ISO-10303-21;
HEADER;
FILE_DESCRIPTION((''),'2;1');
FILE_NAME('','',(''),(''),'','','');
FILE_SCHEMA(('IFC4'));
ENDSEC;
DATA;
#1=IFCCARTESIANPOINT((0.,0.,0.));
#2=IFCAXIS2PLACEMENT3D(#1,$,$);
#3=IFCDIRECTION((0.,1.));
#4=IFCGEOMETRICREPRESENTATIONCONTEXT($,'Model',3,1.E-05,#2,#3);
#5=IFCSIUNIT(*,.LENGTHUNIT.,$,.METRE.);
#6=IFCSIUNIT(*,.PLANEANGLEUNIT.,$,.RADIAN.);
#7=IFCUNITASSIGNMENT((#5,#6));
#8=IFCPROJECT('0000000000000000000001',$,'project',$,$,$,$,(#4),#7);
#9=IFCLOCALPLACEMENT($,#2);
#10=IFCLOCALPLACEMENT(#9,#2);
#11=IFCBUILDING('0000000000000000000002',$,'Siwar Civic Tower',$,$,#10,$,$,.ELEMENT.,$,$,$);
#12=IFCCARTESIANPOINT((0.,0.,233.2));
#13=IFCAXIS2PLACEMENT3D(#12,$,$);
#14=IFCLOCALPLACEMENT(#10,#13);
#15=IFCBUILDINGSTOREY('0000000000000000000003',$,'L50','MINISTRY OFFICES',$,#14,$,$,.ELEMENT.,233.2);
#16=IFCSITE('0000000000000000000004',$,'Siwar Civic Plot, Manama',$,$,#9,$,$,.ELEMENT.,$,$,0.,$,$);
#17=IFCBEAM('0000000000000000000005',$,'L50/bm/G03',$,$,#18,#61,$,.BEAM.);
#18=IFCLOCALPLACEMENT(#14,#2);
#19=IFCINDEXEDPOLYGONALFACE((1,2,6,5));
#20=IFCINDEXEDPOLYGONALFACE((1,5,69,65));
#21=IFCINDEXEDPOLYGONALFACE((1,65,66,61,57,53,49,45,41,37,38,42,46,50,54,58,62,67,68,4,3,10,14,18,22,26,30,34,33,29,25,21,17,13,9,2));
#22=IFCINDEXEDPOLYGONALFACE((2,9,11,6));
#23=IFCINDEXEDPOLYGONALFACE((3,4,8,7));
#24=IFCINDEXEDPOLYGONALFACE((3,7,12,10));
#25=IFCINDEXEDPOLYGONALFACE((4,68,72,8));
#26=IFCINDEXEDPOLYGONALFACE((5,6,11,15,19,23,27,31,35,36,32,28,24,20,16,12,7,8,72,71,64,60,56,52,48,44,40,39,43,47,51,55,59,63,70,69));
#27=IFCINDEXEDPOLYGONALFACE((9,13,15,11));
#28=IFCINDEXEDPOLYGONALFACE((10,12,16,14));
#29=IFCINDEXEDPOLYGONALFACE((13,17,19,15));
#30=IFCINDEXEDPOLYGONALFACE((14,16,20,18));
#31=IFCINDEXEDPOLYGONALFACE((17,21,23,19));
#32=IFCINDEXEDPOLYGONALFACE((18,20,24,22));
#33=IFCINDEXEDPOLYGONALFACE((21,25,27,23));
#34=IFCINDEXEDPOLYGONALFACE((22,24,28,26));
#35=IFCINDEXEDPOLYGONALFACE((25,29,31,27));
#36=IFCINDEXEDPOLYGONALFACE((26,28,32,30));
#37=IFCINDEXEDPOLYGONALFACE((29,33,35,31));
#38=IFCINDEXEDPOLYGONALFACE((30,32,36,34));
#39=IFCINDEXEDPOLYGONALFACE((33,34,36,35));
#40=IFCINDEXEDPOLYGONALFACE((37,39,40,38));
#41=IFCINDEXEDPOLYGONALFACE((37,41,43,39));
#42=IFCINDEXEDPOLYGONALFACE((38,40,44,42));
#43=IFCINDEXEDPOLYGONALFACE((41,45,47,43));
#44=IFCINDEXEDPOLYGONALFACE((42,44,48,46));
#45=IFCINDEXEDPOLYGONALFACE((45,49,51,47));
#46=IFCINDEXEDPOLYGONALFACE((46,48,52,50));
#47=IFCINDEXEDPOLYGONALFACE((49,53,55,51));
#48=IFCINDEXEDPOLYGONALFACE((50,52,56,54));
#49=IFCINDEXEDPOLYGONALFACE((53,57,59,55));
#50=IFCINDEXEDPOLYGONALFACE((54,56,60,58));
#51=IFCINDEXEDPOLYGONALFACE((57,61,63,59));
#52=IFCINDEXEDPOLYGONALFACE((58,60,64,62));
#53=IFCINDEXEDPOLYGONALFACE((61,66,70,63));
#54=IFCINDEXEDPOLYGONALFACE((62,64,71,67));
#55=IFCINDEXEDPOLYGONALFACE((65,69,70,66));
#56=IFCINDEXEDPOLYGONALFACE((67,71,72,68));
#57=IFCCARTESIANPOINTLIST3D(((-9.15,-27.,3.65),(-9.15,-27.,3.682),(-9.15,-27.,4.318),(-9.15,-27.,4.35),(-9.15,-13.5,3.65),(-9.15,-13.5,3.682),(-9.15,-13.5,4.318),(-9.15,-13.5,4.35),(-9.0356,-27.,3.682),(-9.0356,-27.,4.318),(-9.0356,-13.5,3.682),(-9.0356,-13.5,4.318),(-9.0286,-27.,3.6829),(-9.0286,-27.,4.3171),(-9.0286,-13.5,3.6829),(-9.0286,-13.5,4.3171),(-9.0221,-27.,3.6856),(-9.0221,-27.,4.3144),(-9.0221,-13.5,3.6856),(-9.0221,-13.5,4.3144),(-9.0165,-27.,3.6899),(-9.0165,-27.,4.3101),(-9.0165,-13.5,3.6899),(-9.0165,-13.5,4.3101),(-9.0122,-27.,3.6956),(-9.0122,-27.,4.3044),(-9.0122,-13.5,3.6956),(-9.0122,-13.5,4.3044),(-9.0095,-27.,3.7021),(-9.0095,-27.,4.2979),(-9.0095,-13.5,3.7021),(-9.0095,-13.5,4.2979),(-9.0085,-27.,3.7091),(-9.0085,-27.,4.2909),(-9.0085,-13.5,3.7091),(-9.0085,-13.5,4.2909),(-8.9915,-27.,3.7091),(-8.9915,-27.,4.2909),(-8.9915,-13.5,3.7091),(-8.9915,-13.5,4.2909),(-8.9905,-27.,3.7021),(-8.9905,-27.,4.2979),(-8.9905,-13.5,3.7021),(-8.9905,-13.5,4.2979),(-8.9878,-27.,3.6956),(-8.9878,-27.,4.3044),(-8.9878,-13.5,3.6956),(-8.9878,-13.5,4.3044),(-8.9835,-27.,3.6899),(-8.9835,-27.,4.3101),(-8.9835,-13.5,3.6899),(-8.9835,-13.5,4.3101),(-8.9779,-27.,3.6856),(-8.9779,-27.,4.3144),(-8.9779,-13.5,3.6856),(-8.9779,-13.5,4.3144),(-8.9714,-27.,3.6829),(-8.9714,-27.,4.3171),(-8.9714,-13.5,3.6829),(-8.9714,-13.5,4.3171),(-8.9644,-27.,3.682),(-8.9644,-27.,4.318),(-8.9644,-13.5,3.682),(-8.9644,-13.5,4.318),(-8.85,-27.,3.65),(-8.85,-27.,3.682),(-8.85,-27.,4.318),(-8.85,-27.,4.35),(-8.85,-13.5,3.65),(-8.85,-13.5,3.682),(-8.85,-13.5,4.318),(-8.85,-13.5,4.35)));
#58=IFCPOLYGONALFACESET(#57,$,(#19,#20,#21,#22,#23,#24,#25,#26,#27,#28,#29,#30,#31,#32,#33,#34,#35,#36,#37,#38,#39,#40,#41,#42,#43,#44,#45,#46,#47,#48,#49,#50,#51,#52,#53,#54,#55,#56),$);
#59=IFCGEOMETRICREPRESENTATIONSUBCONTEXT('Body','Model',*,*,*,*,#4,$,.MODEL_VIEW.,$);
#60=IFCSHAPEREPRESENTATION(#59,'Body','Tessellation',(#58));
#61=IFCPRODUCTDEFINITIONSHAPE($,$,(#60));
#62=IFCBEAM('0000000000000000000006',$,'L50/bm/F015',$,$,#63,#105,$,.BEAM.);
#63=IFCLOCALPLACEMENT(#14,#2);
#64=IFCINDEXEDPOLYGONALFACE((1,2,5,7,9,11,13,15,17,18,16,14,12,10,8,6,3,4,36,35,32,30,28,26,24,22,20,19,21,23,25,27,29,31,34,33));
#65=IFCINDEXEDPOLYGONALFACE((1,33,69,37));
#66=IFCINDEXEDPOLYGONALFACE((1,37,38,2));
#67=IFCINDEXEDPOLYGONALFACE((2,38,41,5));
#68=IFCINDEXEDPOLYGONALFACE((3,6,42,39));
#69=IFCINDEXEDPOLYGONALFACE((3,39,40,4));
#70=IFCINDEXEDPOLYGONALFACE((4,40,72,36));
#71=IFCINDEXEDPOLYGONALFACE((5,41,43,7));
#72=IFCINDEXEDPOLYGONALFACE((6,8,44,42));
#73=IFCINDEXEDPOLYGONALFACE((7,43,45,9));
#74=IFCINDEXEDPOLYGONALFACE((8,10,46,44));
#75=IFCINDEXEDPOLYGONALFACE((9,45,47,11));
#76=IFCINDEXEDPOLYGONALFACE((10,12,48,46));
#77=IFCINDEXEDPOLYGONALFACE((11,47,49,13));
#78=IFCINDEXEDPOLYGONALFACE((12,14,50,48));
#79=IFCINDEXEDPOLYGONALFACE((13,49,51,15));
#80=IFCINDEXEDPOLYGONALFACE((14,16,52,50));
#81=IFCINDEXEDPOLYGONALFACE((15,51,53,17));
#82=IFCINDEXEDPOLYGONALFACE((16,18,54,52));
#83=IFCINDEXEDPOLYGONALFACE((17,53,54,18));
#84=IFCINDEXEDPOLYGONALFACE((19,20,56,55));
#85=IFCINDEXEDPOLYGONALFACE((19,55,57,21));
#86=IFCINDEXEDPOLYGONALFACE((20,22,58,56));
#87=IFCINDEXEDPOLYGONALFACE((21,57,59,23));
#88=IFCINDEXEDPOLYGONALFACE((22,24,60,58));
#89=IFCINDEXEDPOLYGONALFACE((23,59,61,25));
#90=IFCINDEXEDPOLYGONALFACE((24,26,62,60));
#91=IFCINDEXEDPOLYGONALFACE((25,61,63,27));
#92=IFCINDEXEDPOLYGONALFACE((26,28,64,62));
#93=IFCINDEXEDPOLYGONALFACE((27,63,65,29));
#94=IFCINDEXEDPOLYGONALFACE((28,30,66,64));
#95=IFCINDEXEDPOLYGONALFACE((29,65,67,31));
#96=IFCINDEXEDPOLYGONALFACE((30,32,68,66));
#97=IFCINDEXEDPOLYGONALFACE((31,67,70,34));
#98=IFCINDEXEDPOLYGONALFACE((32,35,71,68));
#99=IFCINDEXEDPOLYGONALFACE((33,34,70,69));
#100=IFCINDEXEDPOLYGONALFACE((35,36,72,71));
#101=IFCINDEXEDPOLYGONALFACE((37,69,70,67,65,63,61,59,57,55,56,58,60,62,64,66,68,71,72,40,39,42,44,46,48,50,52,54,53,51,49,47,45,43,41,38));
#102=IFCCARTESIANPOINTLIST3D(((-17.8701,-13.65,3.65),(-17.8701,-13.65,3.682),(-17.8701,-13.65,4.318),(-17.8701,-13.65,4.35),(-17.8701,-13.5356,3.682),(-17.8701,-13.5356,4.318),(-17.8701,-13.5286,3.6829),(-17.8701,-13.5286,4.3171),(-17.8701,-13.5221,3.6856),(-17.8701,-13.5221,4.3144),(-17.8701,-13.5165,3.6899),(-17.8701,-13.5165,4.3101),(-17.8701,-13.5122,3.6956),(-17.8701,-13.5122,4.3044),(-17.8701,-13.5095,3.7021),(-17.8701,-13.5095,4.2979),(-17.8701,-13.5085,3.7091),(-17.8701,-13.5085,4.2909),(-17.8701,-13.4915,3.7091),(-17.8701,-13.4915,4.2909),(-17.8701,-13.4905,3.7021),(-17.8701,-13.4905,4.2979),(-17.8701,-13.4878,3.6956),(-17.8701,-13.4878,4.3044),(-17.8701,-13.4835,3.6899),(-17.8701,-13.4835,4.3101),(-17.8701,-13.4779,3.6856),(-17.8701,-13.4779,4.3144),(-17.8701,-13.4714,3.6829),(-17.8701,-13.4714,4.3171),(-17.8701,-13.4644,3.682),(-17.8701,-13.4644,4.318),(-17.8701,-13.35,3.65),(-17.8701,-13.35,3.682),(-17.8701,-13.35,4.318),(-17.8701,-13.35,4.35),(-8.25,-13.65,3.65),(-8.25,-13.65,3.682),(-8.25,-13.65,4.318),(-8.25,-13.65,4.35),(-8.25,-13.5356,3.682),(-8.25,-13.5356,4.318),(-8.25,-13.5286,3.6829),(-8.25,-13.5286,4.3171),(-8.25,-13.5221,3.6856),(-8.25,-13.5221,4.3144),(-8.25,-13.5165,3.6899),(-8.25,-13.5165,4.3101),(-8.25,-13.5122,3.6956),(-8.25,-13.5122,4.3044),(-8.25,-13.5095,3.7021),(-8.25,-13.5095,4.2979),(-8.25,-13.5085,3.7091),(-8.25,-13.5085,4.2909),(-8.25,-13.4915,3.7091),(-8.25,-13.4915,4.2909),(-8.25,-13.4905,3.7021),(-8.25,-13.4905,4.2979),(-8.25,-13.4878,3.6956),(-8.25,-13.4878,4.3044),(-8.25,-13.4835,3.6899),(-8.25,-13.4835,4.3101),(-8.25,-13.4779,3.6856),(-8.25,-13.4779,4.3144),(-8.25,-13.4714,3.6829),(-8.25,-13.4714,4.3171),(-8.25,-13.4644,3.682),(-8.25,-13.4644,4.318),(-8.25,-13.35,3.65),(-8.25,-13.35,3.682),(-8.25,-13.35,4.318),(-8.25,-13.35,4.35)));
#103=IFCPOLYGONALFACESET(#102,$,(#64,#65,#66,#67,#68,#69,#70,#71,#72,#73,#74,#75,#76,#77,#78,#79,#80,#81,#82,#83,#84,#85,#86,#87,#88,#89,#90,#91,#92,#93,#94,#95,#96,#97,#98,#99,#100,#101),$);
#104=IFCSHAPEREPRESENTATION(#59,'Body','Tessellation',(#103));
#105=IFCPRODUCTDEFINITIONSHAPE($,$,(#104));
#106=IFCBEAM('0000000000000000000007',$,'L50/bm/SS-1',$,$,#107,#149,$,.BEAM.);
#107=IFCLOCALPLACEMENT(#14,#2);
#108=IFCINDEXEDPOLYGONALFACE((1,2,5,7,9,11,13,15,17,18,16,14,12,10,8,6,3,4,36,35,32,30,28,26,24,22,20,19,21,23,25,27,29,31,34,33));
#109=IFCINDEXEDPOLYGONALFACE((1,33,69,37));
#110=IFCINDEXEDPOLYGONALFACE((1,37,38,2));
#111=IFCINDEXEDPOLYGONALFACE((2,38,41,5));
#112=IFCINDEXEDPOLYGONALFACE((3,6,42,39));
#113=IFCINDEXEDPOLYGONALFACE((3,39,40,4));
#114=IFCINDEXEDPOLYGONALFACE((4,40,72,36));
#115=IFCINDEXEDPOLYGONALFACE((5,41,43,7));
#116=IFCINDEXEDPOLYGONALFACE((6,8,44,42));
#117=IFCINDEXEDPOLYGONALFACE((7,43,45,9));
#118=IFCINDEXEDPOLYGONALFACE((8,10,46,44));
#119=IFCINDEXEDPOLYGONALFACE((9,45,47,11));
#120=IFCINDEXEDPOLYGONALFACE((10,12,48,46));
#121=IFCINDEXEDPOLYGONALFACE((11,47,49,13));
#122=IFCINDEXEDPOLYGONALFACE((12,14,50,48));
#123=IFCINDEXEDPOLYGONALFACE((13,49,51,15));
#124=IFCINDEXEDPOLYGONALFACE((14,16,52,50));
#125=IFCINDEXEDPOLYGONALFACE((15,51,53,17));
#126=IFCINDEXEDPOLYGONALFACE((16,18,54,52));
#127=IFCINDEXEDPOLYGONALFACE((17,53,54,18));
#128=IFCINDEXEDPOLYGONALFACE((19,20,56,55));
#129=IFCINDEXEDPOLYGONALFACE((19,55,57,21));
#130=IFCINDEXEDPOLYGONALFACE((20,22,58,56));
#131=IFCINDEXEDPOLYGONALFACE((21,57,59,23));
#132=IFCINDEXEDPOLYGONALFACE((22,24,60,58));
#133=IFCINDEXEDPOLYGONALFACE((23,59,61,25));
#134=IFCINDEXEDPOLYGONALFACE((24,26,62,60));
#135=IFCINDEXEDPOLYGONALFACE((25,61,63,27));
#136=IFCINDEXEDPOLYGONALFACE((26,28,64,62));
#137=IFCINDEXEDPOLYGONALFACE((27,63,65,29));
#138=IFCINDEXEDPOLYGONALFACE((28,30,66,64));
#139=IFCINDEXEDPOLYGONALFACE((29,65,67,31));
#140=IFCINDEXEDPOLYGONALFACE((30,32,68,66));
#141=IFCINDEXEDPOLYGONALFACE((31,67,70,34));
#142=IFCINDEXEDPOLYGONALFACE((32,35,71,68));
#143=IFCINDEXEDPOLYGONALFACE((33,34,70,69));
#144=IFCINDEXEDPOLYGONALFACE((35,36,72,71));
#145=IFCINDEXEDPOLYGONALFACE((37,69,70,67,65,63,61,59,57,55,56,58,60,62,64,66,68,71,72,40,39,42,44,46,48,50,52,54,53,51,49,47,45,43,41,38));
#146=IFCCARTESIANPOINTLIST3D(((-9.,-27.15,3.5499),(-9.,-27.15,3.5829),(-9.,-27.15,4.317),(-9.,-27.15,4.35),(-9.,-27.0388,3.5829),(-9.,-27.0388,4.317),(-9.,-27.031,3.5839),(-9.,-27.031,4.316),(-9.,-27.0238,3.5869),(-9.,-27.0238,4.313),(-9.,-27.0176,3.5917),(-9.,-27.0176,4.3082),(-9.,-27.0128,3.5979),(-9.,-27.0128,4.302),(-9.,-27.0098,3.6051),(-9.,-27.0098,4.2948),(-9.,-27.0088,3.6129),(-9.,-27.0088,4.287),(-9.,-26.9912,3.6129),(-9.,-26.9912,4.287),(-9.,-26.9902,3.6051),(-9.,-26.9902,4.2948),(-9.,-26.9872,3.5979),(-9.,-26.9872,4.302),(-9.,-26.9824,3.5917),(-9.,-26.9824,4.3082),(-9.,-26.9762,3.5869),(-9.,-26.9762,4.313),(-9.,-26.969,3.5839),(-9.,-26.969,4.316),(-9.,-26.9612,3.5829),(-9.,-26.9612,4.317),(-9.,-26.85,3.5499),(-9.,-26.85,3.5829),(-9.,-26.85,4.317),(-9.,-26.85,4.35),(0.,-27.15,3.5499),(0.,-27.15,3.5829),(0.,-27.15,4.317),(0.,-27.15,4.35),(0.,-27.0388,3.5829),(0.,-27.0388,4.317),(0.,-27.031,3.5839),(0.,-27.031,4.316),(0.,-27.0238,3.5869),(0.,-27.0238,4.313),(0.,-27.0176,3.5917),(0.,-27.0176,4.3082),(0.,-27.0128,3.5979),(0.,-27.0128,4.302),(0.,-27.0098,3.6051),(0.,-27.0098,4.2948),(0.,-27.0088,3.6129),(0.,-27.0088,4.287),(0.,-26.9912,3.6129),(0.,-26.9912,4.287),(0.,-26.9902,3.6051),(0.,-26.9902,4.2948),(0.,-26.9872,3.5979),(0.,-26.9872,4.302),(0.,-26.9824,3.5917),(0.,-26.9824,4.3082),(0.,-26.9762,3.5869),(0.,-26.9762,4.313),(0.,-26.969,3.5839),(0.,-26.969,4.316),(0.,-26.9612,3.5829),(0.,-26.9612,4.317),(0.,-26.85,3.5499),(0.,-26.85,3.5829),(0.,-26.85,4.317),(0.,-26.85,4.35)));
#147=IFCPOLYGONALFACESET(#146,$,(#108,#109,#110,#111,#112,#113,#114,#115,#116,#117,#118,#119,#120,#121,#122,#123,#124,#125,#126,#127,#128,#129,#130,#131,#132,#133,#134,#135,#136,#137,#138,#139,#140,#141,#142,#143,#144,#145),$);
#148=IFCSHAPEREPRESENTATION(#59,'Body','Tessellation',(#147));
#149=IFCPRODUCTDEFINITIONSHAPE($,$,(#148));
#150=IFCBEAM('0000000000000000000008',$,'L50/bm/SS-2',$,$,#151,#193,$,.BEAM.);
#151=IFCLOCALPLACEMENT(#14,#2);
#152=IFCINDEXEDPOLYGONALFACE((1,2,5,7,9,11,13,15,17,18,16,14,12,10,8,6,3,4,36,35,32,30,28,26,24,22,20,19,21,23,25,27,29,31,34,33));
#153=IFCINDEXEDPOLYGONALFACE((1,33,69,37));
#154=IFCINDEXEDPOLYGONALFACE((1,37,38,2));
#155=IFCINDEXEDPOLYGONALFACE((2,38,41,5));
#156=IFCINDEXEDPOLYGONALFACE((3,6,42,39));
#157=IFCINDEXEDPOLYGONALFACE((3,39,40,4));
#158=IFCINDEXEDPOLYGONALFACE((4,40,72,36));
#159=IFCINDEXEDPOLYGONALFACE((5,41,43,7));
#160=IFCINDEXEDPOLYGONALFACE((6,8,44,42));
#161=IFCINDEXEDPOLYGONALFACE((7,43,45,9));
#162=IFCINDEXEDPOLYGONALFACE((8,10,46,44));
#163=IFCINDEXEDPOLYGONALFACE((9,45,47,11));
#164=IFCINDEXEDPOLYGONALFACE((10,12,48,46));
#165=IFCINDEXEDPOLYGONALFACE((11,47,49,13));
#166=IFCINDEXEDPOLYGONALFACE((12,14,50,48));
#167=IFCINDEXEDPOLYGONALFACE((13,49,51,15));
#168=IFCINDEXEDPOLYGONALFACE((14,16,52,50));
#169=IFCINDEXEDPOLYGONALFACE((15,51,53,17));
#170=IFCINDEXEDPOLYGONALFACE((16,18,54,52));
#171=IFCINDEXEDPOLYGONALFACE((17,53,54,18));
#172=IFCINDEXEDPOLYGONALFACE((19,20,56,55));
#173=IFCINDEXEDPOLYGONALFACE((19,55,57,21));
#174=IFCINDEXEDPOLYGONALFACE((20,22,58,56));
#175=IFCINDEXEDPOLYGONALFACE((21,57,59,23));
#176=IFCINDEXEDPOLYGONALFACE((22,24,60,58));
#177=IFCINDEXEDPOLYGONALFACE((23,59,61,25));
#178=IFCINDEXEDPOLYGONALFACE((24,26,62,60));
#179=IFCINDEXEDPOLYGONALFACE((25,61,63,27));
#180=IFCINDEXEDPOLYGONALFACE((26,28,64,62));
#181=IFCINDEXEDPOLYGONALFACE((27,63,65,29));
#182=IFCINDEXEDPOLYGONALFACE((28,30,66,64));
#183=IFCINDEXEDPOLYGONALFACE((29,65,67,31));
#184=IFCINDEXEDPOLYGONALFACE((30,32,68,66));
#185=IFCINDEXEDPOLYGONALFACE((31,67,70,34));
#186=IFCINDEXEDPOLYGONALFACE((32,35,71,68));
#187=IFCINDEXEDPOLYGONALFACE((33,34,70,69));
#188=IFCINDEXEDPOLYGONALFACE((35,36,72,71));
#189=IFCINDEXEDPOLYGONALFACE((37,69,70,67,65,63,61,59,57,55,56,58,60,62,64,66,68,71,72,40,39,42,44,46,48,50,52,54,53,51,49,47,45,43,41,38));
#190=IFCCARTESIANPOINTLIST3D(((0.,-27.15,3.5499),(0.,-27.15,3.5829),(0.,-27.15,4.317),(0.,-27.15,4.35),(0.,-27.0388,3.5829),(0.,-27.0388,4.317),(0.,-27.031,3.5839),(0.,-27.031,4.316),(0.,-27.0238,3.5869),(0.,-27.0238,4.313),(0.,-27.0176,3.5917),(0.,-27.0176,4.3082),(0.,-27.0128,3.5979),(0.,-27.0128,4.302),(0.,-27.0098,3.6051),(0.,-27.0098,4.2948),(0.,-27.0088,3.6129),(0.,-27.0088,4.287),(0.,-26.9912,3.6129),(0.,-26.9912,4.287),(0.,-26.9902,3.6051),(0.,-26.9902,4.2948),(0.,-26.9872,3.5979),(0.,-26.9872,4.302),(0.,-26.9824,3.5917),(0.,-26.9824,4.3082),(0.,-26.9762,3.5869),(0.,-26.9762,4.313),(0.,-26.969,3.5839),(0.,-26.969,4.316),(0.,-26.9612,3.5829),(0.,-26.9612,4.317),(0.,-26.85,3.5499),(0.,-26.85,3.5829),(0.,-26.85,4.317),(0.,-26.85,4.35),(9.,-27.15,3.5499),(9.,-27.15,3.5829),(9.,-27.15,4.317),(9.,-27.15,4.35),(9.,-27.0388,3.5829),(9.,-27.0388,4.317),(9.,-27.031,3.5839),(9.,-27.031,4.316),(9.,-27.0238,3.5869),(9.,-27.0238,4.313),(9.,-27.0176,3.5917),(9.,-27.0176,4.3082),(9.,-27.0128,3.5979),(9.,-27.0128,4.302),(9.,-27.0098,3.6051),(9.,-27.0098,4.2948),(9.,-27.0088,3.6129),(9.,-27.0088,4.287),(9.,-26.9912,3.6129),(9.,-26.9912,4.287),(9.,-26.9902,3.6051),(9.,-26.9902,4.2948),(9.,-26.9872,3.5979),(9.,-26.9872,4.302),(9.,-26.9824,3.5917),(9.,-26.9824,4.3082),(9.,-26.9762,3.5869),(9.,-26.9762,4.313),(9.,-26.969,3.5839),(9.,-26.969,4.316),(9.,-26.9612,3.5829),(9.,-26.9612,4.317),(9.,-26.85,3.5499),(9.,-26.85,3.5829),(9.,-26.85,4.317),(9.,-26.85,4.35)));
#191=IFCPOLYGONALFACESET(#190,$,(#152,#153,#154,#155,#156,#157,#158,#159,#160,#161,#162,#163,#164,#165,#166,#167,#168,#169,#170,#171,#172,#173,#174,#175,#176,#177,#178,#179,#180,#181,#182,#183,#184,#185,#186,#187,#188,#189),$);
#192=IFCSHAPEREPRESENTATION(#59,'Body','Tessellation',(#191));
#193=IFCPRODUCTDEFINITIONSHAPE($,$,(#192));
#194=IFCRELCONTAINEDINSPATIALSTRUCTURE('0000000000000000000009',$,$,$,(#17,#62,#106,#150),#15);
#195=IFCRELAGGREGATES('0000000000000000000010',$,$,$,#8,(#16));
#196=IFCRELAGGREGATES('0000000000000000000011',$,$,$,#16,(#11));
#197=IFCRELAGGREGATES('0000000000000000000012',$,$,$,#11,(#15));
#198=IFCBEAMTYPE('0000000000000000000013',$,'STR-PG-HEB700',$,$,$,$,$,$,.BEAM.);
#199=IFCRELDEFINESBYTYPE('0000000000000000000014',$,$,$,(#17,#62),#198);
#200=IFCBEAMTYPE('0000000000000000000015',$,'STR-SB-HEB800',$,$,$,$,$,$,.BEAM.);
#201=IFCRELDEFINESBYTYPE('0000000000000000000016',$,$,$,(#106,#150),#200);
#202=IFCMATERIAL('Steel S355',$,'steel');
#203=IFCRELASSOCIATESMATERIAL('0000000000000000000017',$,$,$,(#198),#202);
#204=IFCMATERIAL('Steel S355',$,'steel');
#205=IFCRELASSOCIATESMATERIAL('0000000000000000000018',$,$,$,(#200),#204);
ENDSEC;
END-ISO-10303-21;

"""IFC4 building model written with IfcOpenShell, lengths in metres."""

from ifc_helpers import new_model, si_unit, direction, frame, origin, origin_2d, place, context, subcontext, project, spatial, i_section, extrude, material, material_profile, profile_set, type_object, element, save


model = new_model("IFC4")

# Units and contexts
model_context = context("Model", 3, precision=1e-05, world=origin(), true_north=direction((0.0, 1.0)))
body_context = subcontext(model_context, "Body", "Model", "MODEL_VIEW")
ifc_project = project(units=[si_unit("LENGTHUNIT", "METRE"), si_unit("PLANEANGLEUNIT", "RADIAN")], contexts=[model_context])

# Site, building, storey
site_placement = place(None, origin())
site = spatial("IfcSite", under=ifc_project, at=site_placement, Name="Siwar Civic Plot, Manama", CompositionType="ELEMENT", RefElevation=0.0)
building_placement = place(site_placement, origin())
building = spatial("IfcBuilding", under=site, at=building_placement, Name="Siwar Civic Tower", CompositionType="ELEMENT")
storey_placement = place(building_placement, frame((0.0, 0.0, 233.2)))
storey = spatial("IfcBuildingStorey", under=building, at=storey_placement, Name="L50", Description="MINISTRY OFFICES", CompositionType="ELEMENT", Elevation=233.2)

# Beams
ifc_material_1 = material(Name="Steel S355", Category="steel")
ifc_material_profile_1 = material_profile(ifc_material_1, i_section(OverallWidth=0.3, OverallDepth=0.7, WebThickness=0.0171, FlangeThickness=0.032, FilletRadius=0.0271, at=origin_2d()), Name="HEB700")
ifc_profile_set_1 = profile_set([ifc_material_profile_1], Name="Steel S355")
beam_type_1 = type_object("IfcBeamType", Name="STR-PG-HEB700", PredefinedType="BEAM", material=ifc_profile_set_1)
for number, where, z_axis, x_axis, name in (
    (1, (-9.0, -27.0, 4.0), (0.0, 1.0, 0.0), (-1.0, 0.0, 0.0), "L50/bm/G03"),
):
    element("IfcBeam", number, at=place(storey_placement, frame(where, z_axis=z_axis, x_axis=x_axis)), inside=storey, type_object=beam_type_1, Name=name, PredefinedType="BEAM", context=body_context, shape_type="SweptSolid", body=[
        extrude(i_section(OverallWidth=0.3, OverallDepth=0.7, WebThickness=0.0171, FlangeThickness=0.032, FilletRadius=0.0271, at=origin_2d()), origin(), (0.0, 0.0, 1.0), 13.5),
    ])
beam_1_placement = place(storey_placement, frame((-17.8701, -13.5, 4.0), z_axis=(1.0, 0.0, 0.0), x_axis=(0.0, 1.0, 0.0)))
element("IfcBeam", 2, at=beam_1_placement, inside=storey, type_object=beam_type_1, Name="L50/bm/F015", PredefinedType="BEAM", context=body_context, shape_type="SweptSolid", body=[
    extrude(i_section(OverallWidth=0.3, OverallDepth=0.7, WebThickness=0.0171, FlangeThickness=0.032, FilletRadius=0.0271, at=origin_2d()), origin(), (0.0, 0.0, 1.0), 9.6201),
])
ifc_material_2 = material(Name="Steel S355", Category="steel")
ifc_material_profile_2 = material_profile(ifc_material_2, i_section(OverallWidth=0.3, OverallDepth=0.8, WebThickness=0.0176, FlangeThickness=0.033, FilletRadius=0.03, at=origin_2d()), Name="HEB800")
ifc_profile_set_2 = profile_set([ifc_material_profile_2], Name="Steel S355")
beam_type_2 = type_object("IfcBeamType", Name="STR-SB-HEB800", PredefinedType="BEAM", material=ifc_profile_set_2)
for number, where, z_axis, x_axis, name in (
    (3, (-9.0, -27.0, 3.95), (1.0, 0.0, 0.0), (0.0, 1.0, 0.0), "L50/bm/SS-1"),
    (4, (0.0, -27.0, 3.95), (1.0, 0.0, 0.0), (0.0, 1.0, 0.0), "L50/bm/SS-2"),
):
    element("IfcBeam", number, at=place(storey_placement, frame(where, z_axis=z_axis, x_axis=x_axis)), inside=storey, type_object=beam_type_2, Name=name, PredefinedType="BEAM", context=body_context, shape_type="SweptSolid", body=[
        extrude(i_section(OverallWidth=0.3, OverallDepth=0.8, WebThickness=0.0176, FlangeThickness=0.033, FilletRadius=0.03, at=origin_2d()), origin(), (0.0, 0.0, 1.0), 9.0),
    ])

save(model, "model.ifc")
